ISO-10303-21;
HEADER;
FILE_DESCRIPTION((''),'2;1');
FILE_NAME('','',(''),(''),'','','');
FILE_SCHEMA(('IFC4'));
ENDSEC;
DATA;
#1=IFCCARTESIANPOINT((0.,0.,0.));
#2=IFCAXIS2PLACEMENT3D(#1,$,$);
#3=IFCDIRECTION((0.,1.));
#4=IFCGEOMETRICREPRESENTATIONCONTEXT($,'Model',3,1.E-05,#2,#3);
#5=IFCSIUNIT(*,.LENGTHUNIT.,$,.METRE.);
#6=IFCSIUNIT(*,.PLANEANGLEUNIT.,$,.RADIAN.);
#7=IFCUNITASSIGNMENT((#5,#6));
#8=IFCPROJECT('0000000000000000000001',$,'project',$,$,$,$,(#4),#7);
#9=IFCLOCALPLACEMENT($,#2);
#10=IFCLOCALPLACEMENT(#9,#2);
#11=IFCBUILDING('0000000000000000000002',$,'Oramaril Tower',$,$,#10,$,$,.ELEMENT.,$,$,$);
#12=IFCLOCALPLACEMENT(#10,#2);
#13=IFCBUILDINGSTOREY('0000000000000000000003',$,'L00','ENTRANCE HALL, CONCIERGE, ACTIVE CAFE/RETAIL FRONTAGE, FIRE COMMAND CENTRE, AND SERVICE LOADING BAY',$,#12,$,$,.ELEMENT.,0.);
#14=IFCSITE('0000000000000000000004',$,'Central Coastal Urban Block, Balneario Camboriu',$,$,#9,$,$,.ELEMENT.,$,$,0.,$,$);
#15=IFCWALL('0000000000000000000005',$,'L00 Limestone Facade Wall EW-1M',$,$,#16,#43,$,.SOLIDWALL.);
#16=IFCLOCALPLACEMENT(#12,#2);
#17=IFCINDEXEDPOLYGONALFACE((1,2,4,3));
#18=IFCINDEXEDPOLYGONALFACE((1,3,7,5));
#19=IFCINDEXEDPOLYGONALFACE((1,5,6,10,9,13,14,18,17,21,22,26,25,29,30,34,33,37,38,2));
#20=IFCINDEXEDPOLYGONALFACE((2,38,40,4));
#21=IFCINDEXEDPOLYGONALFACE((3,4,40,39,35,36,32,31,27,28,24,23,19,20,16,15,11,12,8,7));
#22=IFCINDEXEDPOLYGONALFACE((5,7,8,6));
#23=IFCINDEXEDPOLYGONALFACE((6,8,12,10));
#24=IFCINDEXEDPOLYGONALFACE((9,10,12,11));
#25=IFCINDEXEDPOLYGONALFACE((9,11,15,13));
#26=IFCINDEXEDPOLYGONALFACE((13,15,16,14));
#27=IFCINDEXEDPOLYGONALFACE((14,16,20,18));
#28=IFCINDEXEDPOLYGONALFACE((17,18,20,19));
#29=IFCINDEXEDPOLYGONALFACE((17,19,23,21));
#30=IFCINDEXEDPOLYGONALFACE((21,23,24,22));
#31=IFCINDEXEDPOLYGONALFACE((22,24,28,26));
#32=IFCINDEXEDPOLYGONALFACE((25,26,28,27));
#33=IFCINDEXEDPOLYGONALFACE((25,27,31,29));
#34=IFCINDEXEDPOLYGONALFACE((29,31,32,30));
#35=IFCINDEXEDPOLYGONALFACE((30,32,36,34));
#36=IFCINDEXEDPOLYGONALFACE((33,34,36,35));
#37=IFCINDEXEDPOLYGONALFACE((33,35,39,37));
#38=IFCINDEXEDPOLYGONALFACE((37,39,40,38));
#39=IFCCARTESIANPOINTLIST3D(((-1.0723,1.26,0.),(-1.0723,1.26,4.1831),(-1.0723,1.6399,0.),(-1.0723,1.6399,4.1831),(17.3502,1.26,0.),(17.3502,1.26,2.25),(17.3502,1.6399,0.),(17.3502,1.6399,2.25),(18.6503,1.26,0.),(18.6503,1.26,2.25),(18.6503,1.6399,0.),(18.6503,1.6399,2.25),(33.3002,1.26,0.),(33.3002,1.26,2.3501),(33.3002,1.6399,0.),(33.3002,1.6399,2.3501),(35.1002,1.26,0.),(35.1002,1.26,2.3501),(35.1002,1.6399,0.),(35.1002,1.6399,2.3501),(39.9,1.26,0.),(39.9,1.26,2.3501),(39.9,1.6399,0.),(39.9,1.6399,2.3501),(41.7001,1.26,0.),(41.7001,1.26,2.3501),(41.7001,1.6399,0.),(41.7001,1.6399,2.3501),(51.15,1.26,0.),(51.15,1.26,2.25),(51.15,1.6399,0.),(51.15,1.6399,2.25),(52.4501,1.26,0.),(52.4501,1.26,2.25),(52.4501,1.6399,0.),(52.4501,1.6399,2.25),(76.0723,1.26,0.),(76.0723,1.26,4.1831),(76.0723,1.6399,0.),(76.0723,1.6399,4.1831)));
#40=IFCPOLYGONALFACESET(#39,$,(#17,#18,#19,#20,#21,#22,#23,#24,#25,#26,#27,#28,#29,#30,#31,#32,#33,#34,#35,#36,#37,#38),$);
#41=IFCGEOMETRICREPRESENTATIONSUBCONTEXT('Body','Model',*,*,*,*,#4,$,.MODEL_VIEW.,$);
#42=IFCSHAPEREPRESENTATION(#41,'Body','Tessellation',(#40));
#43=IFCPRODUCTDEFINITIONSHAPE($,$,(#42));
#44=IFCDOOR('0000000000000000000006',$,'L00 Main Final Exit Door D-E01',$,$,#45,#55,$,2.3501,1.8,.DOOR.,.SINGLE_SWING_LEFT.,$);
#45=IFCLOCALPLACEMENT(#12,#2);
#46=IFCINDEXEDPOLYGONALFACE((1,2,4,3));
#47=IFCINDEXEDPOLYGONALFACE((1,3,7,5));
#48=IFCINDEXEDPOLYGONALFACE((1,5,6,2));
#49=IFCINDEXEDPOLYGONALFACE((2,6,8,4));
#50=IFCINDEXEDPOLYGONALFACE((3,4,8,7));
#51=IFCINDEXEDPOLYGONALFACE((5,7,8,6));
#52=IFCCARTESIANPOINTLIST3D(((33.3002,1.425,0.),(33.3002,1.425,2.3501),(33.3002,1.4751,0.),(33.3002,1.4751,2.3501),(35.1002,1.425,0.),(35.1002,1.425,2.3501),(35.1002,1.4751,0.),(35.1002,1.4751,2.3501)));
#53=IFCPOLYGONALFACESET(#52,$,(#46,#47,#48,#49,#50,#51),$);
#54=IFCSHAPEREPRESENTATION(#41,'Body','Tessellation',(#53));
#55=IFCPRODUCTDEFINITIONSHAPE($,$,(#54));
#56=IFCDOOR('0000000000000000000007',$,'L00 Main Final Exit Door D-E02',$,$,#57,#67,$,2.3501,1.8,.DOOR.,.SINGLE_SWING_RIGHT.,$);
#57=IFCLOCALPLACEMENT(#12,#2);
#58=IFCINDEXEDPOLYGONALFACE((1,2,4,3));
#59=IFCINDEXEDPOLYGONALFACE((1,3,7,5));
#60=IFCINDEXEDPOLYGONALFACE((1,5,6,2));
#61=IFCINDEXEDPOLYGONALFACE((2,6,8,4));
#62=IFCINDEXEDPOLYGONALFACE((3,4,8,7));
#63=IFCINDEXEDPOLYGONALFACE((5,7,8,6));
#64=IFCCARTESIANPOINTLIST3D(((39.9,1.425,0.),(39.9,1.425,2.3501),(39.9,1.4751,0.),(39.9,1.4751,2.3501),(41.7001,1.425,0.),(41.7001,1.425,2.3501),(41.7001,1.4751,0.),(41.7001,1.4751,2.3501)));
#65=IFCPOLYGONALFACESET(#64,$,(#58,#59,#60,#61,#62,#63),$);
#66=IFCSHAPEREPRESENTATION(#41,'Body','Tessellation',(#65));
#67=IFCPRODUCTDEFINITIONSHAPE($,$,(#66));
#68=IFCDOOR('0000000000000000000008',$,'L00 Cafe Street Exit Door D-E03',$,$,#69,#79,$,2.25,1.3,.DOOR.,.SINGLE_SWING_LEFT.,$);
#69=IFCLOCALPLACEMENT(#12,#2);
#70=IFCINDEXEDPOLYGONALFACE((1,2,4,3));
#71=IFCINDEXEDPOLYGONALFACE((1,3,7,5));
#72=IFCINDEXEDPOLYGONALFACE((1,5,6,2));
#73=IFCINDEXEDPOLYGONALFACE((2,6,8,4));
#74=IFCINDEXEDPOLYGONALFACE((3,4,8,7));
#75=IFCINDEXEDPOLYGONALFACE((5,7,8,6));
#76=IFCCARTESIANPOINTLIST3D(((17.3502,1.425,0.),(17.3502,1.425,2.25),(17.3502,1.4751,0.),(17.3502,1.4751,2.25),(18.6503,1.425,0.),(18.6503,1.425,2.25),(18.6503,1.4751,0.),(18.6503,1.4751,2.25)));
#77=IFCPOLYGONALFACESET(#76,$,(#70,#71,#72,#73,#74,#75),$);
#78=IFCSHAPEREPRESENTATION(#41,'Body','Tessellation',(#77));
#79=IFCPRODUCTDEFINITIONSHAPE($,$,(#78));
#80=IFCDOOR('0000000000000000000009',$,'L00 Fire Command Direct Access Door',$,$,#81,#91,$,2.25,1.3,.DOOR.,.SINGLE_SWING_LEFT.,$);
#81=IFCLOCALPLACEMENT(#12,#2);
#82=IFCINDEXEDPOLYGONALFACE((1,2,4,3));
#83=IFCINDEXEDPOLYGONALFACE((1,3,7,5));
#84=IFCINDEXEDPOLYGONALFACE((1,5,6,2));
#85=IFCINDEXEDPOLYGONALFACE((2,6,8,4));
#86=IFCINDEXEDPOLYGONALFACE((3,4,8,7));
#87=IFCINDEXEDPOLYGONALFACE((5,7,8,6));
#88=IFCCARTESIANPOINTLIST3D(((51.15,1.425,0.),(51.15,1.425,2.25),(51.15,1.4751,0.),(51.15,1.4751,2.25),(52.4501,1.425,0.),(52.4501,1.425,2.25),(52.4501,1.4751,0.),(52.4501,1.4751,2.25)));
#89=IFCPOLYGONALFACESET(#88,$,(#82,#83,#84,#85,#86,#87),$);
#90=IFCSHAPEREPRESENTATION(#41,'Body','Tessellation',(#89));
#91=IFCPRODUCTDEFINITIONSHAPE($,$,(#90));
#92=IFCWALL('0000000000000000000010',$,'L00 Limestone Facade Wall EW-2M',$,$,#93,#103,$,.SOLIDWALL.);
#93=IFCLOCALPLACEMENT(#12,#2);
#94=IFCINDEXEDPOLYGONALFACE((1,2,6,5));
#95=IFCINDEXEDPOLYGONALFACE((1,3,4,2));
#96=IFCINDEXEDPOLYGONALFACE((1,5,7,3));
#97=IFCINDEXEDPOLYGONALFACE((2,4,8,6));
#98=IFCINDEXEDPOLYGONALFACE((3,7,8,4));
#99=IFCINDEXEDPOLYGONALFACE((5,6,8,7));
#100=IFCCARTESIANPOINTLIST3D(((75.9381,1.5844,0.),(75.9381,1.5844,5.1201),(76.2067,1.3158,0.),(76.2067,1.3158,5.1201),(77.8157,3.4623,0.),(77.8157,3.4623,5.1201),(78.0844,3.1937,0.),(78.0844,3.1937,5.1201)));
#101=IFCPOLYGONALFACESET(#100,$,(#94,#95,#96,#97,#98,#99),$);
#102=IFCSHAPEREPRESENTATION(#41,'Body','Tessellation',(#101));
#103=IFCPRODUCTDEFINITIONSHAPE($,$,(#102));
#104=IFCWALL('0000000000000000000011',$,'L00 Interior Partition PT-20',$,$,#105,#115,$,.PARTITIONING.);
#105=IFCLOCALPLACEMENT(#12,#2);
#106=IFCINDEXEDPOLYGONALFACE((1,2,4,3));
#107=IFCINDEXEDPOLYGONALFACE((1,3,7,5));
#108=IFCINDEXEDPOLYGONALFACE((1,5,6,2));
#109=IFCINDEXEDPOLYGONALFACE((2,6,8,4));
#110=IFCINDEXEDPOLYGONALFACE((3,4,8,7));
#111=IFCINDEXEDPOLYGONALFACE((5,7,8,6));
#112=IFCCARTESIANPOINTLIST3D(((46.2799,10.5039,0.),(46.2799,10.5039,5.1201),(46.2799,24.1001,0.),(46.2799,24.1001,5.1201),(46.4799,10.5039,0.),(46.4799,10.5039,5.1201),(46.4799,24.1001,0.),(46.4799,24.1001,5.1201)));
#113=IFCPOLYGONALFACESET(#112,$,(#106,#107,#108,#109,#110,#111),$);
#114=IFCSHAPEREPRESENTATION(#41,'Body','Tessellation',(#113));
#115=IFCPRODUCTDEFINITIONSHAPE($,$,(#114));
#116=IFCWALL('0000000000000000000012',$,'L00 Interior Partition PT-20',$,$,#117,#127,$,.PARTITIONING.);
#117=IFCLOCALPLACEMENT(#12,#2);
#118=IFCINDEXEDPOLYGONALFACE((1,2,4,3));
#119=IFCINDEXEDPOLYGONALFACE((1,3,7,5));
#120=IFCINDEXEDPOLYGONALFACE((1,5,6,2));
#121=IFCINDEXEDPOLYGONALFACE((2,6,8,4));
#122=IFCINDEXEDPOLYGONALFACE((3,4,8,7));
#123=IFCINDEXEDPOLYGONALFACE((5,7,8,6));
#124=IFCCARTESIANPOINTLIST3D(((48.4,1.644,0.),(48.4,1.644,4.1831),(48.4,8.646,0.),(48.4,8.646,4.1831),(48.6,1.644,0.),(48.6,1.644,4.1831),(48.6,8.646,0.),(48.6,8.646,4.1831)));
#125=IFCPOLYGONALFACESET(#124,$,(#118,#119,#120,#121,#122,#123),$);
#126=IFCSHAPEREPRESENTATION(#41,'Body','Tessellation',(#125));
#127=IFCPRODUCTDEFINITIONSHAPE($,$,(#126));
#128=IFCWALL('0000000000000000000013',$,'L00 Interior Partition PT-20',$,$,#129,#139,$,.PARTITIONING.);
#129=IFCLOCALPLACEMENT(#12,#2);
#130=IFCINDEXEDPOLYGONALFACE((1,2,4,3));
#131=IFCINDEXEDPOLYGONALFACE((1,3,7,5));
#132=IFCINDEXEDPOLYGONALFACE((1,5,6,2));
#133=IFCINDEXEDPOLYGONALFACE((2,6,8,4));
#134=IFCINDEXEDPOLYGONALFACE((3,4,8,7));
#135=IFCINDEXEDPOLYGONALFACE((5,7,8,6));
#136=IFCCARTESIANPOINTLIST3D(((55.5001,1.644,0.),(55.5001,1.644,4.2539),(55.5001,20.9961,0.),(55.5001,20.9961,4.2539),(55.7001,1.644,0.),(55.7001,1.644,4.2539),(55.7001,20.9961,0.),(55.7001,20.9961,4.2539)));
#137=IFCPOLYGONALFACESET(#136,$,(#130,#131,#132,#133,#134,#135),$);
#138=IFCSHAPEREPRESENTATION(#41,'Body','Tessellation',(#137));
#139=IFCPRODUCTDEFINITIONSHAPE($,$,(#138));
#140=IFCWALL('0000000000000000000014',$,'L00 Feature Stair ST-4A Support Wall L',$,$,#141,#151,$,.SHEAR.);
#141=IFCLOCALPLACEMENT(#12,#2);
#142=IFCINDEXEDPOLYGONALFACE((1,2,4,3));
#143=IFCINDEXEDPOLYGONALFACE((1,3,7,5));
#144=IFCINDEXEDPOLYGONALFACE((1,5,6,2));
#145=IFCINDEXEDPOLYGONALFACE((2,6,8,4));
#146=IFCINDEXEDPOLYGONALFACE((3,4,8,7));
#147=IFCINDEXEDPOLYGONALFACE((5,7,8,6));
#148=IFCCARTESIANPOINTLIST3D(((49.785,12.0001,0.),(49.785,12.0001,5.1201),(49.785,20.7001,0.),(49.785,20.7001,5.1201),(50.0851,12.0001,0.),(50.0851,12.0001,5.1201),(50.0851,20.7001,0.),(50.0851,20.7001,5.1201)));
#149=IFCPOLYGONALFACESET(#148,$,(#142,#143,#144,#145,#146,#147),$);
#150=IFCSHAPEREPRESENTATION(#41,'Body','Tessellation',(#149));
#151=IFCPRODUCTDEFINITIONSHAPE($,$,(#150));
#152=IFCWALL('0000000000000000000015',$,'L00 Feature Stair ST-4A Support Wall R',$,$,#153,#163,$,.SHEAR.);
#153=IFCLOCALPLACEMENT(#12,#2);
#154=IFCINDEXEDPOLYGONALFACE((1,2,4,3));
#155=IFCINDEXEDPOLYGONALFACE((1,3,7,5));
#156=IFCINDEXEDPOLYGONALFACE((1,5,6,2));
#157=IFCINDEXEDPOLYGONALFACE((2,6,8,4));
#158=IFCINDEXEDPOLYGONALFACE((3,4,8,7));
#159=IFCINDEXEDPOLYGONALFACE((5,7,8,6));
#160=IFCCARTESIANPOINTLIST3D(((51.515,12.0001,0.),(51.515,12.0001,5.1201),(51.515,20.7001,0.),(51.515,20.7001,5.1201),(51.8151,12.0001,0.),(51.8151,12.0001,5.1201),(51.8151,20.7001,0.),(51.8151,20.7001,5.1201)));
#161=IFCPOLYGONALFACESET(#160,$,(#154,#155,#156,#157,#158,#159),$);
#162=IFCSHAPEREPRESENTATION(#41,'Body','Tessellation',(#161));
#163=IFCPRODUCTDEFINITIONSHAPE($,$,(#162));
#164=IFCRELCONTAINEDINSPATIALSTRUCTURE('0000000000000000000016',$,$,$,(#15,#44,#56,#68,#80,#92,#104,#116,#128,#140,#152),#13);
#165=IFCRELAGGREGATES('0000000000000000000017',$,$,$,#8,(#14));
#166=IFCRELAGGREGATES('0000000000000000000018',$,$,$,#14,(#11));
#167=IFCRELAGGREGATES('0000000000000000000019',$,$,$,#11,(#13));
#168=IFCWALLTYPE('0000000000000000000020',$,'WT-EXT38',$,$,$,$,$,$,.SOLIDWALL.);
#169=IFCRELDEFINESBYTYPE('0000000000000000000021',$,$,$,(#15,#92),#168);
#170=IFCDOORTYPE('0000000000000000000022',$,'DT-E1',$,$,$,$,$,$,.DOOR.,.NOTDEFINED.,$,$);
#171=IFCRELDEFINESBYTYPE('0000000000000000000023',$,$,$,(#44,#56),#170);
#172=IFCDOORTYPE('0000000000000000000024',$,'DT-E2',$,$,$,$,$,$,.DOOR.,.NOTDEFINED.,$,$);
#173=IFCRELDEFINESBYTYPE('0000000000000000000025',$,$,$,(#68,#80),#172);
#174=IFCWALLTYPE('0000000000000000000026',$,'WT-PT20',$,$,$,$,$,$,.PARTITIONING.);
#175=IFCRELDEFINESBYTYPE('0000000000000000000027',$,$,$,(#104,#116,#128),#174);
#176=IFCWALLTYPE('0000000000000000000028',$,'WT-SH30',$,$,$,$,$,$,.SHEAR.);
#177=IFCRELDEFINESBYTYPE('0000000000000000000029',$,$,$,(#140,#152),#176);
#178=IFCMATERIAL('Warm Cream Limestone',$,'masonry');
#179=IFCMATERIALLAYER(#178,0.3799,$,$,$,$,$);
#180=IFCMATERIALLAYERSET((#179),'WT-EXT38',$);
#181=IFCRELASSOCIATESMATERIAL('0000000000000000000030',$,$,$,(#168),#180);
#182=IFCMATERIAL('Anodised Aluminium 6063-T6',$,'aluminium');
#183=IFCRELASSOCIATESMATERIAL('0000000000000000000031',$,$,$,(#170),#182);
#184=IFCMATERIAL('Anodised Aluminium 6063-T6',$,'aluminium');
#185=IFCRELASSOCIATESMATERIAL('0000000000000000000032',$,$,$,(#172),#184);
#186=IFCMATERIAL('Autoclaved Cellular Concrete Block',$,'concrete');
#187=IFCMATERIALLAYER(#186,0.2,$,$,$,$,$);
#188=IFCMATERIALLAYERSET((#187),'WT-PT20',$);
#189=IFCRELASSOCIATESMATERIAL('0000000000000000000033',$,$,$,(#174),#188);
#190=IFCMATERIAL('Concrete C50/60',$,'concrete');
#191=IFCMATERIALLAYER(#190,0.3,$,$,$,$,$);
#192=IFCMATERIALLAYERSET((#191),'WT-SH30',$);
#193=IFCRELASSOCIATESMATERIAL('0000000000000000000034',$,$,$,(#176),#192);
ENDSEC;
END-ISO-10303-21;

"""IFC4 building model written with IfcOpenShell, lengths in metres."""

from ifc_helpers import new_model, si_unit, direction, frame, frame_2d, origin, place, context, subcontext, project, spatial, rectangle, extrude, material, layer, layer_set, type_object, element, fill, save


model = new_model("IFC4")

# Units and contexts
model_context = context("Model", 3, precision=1e-05, world=origin(), true_north=direction((0.0, 1.0)))
body_context = subcontext(model_context, "Body", "Model", "MODEL_VIEW")
ifc_project = project(units=[si_unit("LENGTHUNIT", "METRE"), si_unit("PLANEANGLEUNIT", "RADIAN")], contexts=[model_context])

# Site, building, storey
site_placement = place(None, origin())
site = spatial("IfcSite", under=ifc_project, at=site_placement, Name="Central Coastal Urban Block, Balneario Camboriu", CompositionType="ELEMENT", RefElevation=0.0)
building_placement = place(site_placement, origin())
building = spatial("IfcBuilding", under=site, at=building_placement, Name="Oramaril Tower", CompositionType="ELEMENT")
storey_placement = place(building_placement, origin())
storey = spatial("IfcBuildingStorey", under=building, at=storey_placement, Name="L00", Description="ENTRANCE HALL, CONCIERGE, ACTIVE CAFE/RETAIL FRONTAGE, FIRE COMMAND CENTRE, AND SERVICE LOADING BAY", CompositionType="ELEMENT", Elevation=0.0)

# Wall, openings, doors
ifc_material_1 = material(Name="Warm Cream Limestone", Category="masonry")
ifc_layer_1 = layer(ifc_material_1, 0.3799)
ifc_layer_set_1 = layer_set([ifc_layer_1], Name="WT-EXT38")
wall_type_1 = type_object("IfcWallType", Name="WT-EXT38", PredefinedType="SOLIDWALL", material=ifc_layer_set_1)
wall_1_placement = place(storey_placement, frame((76.0723, 1.45, 0.0), z_axis=(0.0, 0.0, 1.0), x_axis=(-1.0, 0.0, 0.0)))
wall_1 = element("IfcWall", 1, at=wall_1_placement, inside=storey, type_object=wall_type_1, Name="L00 Limestone Facade Wall EW-1M", PredefinedType="SOLIDWALL", context=body_context, shape_type="SweptSolid", body=[
    extrude(rectangle(XDim=77.1445, YDim=0.3799, at=frame_2d((38.5723, 0.0))), origin(), (0.0, 0.0, 1.0), 4.1831),
])
opening_1_placement = place(wall_1_placement, frame((40.9722, 0.0, 0.0)))
opening_1 = element("IfcOpeningElement", 2, at=opening_1_placement, cuts=wall_1, PredefinedType="OPENING", context=body_context, shape_type="SweptSolid", body=[
    extrude(rectangle(XDim=1.8, YDim=2.3501, at=frame_2d((0.8999, 1.175))), frame((0.0, 0.1899, 0.0), z_axis=(0.0, -1.0, 0.0), x_axis=(1.0, 0.0, 0.0)), (0.0, 0.0, 1.0), 0.3799),
])
opening_2_placement = place(wall_1_placement, frame((34.3723, 0.0, 0.0)))
opening_2 = element("IfcOpeningElement", 3, at=opening_2_placement, cuts=wall_1, PredefinedType="OPENING", context=body_context, shape_type="SweptSolid", body=[
    extrude(rectangle(XDim=1.8, YDim=2.3501, at=frame_2d((0.8999, 1.175))), frame((0.0, 0.1899, 0.0), z_axis=(0.0, -1.0, 0.0), x_axis=(1.0, 0.0, 0.0)), (0.0, 0.0, 1.0), 0.3799),
])
opening_3_placement = place(wall_1_placement, frame((57.4221, 0.0, 0.0)))
opening_3 = element("IfcOpeningElement", 4, at=opening_3_placement, cuts=wall_1, PredefinedType="OPENING", context=body_context, shape_type="SweptSolid", body=[
    extrude(rectangle(XDim=1.3, YDim=2.25, at=frame_2d((0.6499, 1.125))), frame((0.0, 0.1899, 0.0), z_axis=(0.0, -1.0, 0.0), x_axis=(1.0, 0.0, 0.0)), (0.0, 0.0, 1.0), 0.3799),
])
opening_4_placement = place(wall_1_placement, frame((23.6223, 0.0, 0.0)))
opening_4 = element("IfcOpeningElement", 5, at=opening_4_placement, cuts=wall_1, PredefinedType="OPENING", context=body_context, shape_type="SweptSolid", body=[
    extrude(rectangle(XDim=1.3, YDim=2.25, at=frame_2d((0.6499, 1.125))), frame((0.0, 0.1899, 0.0), z_axis=(0.0, -1.0, 0.0), x_axis=(1.0, 0.0, 0.0)), (0.0, 0.0, 1.0), 0.3799),
])
ifc_material_2 = material(Name="Anodised Aluminium 6063-T6", Category="aluminium")
door_type_1 = type_object("IfcDoorType", Name="DT-E1", OperationType="NOTDEFINED", PredefinedType="DOOR", material=ifc_material_2)
door_1_placement = place(opening_1_placement, origin())
door_1 = element("IfcDoor", 6, at=door_1_placement, inside=storey, type_object=door_type_1, Name="L00 Main Final Exit Door D-E01", OperationType="SINGLE_SWING_LEFT", OverallHeight=2.3501, OverallWidth=1.8, PredefinedType="DOOR", context=body_context, shape_type="SweptSolid", body=[
    extrude(rectangle(XDim=1.8, YDim=2.3501, at=frame_2d((0.8999, 1.175))), frame((0.0, 0.0249, 0.0), z_axis=(0.0, -1.0, 0.0), x_axis=(1.0, 0.0, 0.0)), (0.0, 0.0, 1.0), 0.05),
])
fill(opening_1, door_1)
door_2_placement = place(opening_2_placement, origin())
door_2 = element("IfcDoor", 7, at=door_2_placement, inside=storey, type_object=door_type_1, Name="L00 Main Final Exit Door D-E02", OperationType="SINGLE_SWING_RIGHT", OverallHeight=2.3501, OverallWidth=1.8, PredefinedType="DOOR", context=body_context, shape_type="SweptSolid", body=[
    extrude(rectangle(XDim=1.8, YDim=2.3501, at=frame_2d((0.8999, 1.175))), frame((0.0, 0.0249, 0.0), z_axis=(0.0, -1.0, 0.0), x_axis=(1.0, 0.0, 0.0)), (0.0, 0.0, 1.0), 0.05),
])
fill(opening_2, door_2)
ifc_material_3 = material(Name="Anodised Aluminium 6063-T6", Category="aluminium")
door_type_2 = type_object("IfcDoorType", Name="DT-E2", OperationType="NOTDEFINED", PredefinedType="DOOR", material=ifc_material_3)
door_3_placement = place(opening_3_placement, origin())
door_3 = element("IfcDoor", 8, at=door_3_placement, inside=storey, type_object=door_type_2, Name="L00 Cafe Street Exit Door D-E03", OperationType="SINGLE_SWING_LEFT", OverallHeight=2.25, OverallWidth=1.3, PredefinedType="DOOR", context=body_context, shape_type="SweptSolid", body=[
    extrude(rectangle(XDim=1.3, YDim=2.25, at=frame_2d((0.6499, 1.125))), frame((0.0, 0.0249, 0.0), z_axis=(0.0, -1.0, 0.0), x_axis=(1.0, 0.0, 0.0)), (0.0, 0.0, 1.0), 0.05),
])
fill(opening_3, door_3)
door_4_placement = place(opening_4_placement, origin())
door_4 = element("IfcDoor", 9, at=door_4_placement, inside=storey, type_object=door_type_2, Name="L00 Fire Command Direct Access Door", OperationType="SINGLE_SWING_LEFT", OverallHeight=2.25, OverallWidth=1.3, PredefinedType="DOOR", context=body_context, shape_type="SweptSolid", body=[
    extrude(rectangle(XDim=1.3, YDim=2.25, at=frame_2d((0.6499, 1.125))), frame((0.0, 0.0249, 0.0), z_axis=(0.0, -1.0, 0.0), x_axis=(1.0, 0.0, 0.0)), (0.0, 0.0, 1.0), 0.05),
])
fill(opening_4, door_4)

# Walls
wall_2_placement = place(storey_placement, frame((77.95, 3.3279, 0.0), z_axis=(0.0, 0.0, 1.0), x_axis=(-0.707061, -0.707153, 0.0)))
element("IfcWall", 10, at=wall_2_placement, inside=storey, type_object=wall_type_1, Name="L00 Limestone Facade Wall EW-2M", PredefinedType="SOLIDWALL", context=body_context, shape_type="SweptSolid", body=[
    extrude(rectangle(XDim=2.6555, YDim=0.3799, at=frame_2d((1.3276, 0.0))), origin(), (0.0, 0.0, 1.0), 5.1201),
])
ifc_material_4 = material(Name="Autoclaved Cellular Concrete Block", Category="concrete")
ifc_layer_2 = layer(ifc_material_4, 0.2)
ifc_layer_set_2 = layer_set([ifc_layer_2], Name="WT-PT20")
wall_type_2 = type_object("IfcWallType", Name="WT-PT20", PredefinedType="PARTITIONING", material=ifc_layer_set_2)
wall_3_placement = place(storey_placement, frame((46.3799, 10.5039, 0.0), z_axis=(0.0, 0.0, 1.0), x_axis=(0.0, 1.0, 0.0)))
element("IfcWall", 11, at=wall_3_placement, inside=storey, type_object=wall_type_2, Name="L00 Interior Partition PT-20", PredefinedType="PARTITIONING", context=body_context, shape_type="SweptSolid", body=[
    extrude(rectangle(XDim=13.5962, YDim=0.2, at=frame_2d((6.7981, 0.0))), origin(), (0.0, 0.0, 1.0), 5.1201),
])
wall_4_placement = place(storey_placement, frame((48.5, 1.644, 0.0), z_axis=(0.0, 0.0, 1.0), x_axis=(0.0, 1.0, 0.0)))
element("IfcWall", 12, at=wall_4_placement, inside=storey, type_object=wall_type_2, Name="L00 Interior Partition PT-20", PredefinedType="PARTITIONING", context=body_context, shape_type="SweptSolid", body=[
    extrude(rectangle(XDim=7.002, YDim=0.2, at=frame_2d((3.501, 0.0))), origin(), (0.0, 0.0, 1.0), 4.1831),
])
wall_5_placement = place(storey_placement, frame((55.6001, 1.644, 0.0), z_axis=(0.0, 0.0, 1.0), x_axis=(0.0, 1.0, 0.0)))
element("IfcWall", 13, at=wall_5_placement, inside=storey, type_object=wall_type_2, Name="L00 Interior Partition PT-20", PredefinedType="PARTITIONING", context=body_context, shape_type="SweptSolid", body=[
    extrude(rectangle(XDim=19.3521, YDim=0.2, at=frame_2d((9.676, 0.0))), origin(), (0.0, 0.0, 1.0), 4.2539),
])
ifc_material_5 = material(Name="Concrete C50/60", Category="concrete")
ifc_layer_3 = layer(ifc_material_5, 0.3)
ifc_layer_set_3 = layer_set([ifc_layer_3], Name="WT-SH30")
wall_type_3 = type_object("IfcWallType", Name="WT-SH30", PredefinedType="SHEAR", material=ifc_layer_set_3)
for number, where, z_axis, x_axis, name in (
    (14, (49.9351, 12.0, 0.0), (0.0, 0.0, 1.0), (0.0, 1.0, 0.0), "L00 Feature Stair ST-4A Support Wall L"),
    (15, (51.665, 12.0, 0.0), (0.0, 0.0, 1.0), (0.0, 1.0, 0.0), "L00 Feature Stair ST-4A Support Wall R"),
):
    element("IfcWall", number, at=place(storey_placement, frame(where, z_axis=z_axis, x_axis=x_axis)), inside=storey, type_object=wall_type_3, Name=name, PredefinedType="SHEAR", context=body_context, shape_type="SweptSolid", body=[
        extrude(rectangle(XDim=8.7, YDim=0.3, at=frame_2d((4.3501, 0.0))), origin(), (0.0, 0.0, 1.0), 5.1201),
    ])

save(model, "model.ifc")
